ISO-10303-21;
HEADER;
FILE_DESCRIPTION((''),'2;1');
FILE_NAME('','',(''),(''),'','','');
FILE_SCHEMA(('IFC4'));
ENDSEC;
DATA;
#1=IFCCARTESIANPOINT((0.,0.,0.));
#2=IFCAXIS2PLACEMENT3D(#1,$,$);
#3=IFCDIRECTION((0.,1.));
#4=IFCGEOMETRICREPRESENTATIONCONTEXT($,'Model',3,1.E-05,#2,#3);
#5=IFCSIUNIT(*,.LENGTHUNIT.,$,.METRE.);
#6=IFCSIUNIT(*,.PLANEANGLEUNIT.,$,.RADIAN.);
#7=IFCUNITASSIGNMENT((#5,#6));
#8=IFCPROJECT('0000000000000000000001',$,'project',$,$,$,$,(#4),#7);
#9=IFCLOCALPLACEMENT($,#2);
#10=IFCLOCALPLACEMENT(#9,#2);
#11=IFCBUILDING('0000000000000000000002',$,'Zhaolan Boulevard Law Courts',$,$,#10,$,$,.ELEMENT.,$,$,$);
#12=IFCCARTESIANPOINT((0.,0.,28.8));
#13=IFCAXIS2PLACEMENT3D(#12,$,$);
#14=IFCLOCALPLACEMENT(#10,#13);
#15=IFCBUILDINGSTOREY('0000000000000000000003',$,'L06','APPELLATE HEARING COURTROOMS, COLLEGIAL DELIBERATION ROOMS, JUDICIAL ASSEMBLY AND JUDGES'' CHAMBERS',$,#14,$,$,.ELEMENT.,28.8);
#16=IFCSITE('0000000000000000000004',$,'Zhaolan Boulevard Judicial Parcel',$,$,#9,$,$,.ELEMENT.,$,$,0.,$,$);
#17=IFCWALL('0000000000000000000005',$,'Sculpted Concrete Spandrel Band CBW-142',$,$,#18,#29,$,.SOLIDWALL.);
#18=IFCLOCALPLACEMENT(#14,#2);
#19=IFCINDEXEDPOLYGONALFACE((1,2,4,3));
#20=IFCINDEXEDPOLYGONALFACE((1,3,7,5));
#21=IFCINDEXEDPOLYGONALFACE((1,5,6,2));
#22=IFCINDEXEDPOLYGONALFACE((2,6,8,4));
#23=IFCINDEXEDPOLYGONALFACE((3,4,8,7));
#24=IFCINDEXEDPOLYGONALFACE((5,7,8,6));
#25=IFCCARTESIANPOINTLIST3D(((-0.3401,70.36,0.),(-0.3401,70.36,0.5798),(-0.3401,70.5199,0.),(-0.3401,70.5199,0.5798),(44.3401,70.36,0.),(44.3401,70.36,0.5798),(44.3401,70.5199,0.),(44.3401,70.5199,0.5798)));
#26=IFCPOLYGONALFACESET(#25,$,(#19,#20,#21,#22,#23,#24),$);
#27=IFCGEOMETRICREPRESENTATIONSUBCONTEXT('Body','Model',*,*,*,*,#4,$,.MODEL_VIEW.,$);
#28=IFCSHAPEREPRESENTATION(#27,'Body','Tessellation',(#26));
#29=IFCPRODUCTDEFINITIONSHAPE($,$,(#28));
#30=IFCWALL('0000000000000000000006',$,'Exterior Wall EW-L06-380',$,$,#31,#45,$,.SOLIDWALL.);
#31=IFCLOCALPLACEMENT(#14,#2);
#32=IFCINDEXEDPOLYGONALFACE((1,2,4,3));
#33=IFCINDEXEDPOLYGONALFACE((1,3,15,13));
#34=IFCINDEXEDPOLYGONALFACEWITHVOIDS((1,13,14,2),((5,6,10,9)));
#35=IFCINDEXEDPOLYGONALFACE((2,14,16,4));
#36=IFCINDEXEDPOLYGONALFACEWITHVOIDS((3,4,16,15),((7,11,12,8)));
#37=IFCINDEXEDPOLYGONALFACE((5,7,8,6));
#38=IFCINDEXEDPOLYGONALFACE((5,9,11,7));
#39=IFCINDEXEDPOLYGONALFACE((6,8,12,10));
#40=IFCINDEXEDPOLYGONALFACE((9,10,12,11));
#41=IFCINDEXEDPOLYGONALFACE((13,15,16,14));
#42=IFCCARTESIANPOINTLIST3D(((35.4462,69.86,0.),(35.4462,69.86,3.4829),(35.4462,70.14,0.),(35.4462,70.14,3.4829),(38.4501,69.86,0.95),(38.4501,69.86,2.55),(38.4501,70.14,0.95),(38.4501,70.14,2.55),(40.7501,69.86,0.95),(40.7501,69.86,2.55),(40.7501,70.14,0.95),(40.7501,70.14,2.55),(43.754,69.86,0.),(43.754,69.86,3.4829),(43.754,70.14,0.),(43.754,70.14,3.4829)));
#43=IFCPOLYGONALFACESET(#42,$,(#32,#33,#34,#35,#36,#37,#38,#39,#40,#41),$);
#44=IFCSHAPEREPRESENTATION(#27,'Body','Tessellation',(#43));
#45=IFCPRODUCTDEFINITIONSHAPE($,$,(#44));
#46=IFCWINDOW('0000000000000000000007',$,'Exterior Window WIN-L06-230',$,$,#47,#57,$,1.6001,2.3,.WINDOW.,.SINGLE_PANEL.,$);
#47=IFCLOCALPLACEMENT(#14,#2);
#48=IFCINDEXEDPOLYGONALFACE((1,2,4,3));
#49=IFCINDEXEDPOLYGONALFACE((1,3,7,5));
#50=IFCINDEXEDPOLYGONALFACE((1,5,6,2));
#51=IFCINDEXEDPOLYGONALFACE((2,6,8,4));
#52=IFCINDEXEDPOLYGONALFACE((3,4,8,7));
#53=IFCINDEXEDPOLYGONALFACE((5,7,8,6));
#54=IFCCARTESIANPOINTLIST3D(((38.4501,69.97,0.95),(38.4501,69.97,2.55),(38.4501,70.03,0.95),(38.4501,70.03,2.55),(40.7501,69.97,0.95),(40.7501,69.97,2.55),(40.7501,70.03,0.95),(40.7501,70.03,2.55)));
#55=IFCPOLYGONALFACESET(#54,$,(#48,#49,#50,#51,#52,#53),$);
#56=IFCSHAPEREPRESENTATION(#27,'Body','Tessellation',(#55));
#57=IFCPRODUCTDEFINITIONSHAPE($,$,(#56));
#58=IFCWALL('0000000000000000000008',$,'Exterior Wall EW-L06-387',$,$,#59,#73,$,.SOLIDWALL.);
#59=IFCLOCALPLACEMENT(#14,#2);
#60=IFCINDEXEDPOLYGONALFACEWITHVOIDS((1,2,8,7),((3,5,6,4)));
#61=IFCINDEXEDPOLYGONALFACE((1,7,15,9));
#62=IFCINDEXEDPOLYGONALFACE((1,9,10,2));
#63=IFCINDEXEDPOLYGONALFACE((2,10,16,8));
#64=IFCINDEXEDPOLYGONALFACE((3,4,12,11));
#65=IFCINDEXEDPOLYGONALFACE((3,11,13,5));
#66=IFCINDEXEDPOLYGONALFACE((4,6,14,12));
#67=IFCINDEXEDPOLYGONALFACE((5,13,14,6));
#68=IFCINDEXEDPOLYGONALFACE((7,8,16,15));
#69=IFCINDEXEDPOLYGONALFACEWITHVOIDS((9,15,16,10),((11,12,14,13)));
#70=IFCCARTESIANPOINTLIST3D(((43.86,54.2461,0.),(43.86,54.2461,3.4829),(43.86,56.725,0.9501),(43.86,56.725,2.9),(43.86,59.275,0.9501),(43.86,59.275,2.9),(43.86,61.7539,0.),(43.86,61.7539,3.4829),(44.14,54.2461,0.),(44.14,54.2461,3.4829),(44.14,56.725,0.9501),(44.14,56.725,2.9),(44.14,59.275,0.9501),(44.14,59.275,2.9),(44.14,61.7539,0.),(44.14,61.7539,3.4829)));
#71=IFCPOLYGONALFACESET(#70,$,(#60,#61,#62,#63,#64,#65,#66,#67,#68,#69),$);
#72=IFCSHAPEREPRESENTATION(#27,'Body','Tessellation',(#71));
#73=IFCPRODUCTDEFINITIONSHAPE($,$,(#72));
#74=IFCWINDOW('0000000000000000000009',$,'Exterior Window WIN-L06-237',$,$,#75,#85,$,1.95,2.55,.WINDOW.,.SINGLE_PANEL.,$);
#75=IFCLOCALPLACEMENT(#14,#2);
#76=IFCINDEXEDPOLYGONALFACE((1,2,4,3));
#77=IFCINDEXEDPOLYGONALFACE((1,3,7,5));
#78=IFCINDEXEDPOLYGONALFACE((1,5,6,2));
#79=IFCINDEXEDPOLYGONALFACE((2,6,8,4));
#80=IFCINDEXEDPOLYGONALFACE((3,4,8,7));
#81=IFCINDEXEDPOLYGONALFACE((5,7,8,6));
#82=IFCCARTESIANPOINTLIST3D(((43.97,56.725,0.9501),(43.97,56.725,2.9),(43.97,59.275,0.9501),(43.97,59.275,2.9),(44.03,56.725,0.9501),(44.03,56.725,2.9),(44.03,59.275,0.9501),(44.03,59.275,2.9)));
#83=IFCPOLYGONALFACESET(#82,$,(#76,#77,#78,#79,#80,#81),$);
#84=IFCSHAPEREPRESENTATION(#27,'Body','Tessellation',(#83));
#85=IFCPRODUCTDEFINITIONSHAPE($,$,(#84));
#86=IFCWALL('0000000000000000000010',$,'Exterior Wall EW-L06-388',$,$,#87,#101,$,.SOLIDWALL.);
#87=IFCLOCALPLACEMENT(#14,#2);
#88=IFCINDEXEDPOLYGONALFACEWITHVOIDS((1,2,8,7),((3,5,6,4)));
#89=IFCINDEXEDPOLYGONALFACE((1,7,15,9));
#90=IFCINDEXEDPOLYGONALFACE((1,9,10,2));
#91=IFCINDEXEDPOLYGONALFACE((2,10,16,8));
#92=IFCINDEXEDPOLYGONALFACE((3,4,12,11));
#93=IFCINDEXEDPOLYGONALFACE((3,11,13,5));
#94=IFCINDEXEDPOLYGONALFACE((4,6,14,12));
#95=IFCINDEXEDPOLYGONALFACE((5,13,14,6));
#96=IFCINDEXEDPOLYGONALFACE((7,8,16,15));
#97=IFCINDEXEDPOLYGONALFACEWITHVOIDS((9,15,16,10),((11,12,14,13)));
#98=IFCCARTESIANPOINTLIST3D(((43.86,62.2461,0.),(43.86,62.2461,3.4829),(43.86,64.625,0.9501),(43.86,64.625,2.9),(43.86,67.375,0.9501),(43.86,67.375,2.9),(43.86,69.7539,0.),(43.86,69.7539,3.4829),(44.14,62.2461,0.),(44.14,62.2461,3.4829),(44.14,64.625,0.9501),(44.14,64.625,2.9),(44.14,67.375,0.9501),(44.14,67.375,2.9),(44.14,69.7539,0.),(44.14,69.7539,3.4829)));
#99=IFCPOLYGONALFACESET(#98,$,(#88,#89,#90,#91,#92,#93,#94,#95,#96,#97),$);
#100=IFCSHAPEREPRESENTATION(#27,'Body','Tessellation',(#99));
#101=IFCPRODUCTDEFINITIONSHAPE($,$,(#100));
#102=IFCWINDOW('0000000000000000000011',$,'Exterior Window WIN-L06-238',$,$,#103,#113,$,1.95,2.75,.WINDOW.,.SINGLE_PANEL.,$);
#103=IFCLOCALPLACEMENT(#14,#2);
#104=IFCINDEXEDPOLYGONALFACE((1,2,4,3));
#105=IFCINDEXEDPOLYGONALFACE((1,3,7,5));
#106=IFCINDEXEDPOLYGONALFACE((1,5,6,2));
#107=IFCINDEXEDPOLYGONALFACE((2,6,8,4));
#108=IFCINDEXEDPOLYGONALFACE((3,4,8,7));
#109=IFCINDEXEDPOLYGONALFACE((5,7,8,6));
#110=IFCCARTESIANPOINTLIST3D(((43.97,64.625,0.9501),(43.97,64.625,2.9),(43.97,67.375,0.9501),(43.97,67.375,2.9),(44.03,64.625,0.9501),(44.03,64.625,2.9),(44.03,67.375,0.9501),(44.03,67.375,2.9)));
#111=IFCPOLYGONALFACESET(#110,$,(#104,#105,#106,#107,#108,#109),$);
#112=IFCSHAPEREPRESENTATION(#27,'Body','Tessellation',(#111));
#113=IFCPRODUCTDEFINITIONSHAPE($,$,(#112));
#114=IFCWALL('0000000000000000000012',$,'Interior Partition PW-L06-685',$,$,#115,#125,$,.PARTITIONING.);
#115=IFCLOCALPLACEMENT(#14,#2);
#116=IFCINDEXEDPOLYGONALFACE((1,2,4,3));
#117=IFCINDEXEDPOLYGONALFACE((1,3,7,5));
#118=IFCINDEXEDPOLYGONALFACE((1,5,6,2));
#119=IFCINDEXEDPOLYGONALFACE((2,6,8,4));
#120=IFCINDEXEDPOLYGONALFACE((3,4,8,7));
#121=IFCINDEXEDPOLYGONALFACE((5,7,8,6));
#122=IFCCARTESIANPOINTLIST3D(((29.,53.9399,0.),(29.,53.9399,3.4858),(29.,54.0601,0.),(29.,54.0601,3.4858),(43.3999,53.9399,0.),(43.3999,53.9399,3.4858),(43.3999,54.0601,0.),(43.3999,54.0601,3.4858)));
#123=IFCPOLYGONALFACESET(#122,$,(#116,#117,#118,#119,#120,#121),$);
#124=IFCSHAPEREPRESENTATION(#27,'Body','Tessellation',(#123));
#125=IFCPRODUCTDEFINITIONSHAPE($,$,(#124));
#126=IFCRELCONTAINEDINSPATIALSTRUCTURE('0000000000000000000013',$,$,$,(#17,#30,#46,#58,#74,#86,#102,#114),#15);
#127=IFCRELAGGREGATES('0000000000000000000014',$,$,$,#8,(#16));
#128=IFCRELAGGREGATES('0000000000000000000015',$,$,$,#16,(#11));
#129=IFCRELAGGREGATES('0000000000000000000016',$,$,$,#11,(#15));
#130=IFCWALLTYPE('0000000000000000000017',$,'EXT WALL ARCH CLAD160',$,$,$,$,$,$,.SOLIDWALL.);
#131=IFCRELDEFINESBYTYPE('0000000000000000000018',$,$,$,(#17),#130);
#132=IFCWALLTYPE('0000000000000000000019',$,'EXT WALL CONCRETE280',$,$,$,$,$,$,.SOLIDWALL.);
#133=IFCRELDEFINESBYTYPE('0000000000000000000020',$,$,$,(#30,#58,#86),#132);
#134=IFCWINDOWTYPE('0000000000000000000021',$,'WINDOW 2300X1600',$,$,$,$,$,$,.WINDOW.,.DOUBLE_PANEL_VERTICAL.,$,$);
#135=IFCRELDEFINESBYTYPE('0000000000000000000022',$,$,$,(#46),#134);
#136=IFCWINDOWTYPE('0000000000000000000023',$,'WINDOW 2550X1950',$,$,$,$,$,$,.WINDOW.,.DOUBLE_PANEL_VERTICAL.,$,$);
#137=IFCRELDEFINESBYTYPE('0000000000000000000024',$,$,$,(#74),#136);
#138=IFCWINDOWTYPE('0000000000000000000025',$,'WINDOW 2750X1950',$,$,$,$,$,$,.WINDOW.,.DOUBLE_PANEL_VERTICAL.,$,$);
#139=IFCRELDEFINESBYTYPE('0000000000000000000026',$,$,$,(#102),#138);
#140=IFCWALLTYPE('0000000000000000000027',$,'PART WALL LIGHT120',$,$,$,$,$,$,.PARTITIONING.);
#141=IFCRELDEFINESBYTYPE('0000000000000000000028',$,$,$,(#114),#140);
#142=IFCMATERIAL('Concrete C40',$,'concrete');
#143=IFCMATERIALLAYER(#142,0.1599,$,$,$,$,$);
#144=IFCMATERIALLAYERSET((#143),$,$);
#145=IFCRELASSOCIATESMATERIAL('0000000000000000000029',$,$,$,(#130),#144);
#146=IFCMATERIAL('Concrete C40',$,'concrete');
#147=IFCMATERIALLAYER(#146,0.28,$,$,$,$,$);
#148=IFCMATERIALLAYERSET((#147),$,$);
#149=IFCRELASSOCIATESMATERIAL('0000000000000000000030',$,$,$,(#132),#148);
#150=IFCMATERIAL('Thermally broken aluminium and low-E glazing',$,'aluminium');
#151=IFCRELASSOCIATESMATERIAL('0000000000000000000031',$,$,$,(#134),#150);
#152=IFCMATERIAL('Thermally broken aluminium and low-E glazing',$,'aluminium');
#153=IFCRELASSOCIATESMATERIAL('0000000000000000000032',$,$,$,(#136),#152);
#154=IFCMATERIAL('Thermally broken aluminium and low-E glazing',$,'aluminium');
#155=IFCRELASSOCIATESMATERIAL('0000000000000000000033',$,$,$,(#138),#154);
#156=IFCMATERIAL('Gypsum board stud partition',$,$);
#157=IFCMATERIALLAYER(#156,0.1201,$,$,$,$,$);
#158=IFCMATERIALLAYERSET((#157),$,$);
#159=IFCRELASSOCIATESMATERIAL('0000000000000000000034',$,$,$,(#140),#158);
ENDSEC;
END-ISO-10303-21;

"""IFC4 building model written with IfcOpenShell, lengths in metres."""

from ifc_helpers import new_model, si_unit, direction, frame, frame_2d, origin, place, context, subcontext, project, spatial, rectangle, extrude, material, layer, layer_set, type_object, element, fill, save


model = new_model("IFC4")

# Units and contexts
model_context = context("Model", 3, precision=1e-05, world=origin(), true_north=direction((0.0, 1.0)))
body_context = subcontext(model_context, "Body", "Model", "MODEL_VIEW")
ifc_project = project(units=[si_unit("LENGTHUNIT", "METRE"), si_unit("PLANEANGLEUNIT", "RADIAN")], contexts=[model_context])

# Site, building, storey
site_placement = place(None, origin())
site = spatial("IfcSite", under=ifc_project, at=site_placement, Name="Zhaolan Boulevard Judicial Parcel", CompositionType="ELEMENT", RefElevation=0.0)
building_placement = place(site_placement, origin())
building = spatial("IfcBuilding", under=site, at=building_placement, Name="Zhaolan Boulevard Law Courts", CompositionType="ELEMENT")
storey_placement = place(building_placement, frame((0.0, 0.0, 28.8)))
storey = spatial("IfcBuildingStorey", under=building, at=storey_placement, Name="L06", Description="APPELLATE HEARING COURTROOMS, COLLEGIAL DELIBERATION ROOMS, JUDICIAL ASSEMBLY AND JUDGES' CHAMBERS", CompositionType="ELEMENT", Elevation=28.8)

# Wall
ifc_material_1 = material(Name="Concrete C40", Category="concrete")
ifc_layer_1 = layer(ifc_material_1, 0.1599)
ifc_layer_set_1 = layer_set([ifc_layer_1])
wall_type_1 = type_object("IfcWallType", Name="EXT WALL ARCH CLAD160", PredefinedType="SOLIDWALL", material=ifc_layer_set_1)
wall_1_placement = place(storey_placement, frame((44.3401, 70.4399, 0.0), z_axis=(0.0, 0.0, 1.0), x_axis=(-1.0, 0.0, 0.0)))
element("IfcWall", 1, at=wall_1_placement, inside=storey, type_object=wall_type_1, Name="Sculpted Concrete Spandrel Band CBW-142", PredefinedType="SOLIDWALL", context=body_context, shape_type="SweptSolid", body=[
    extrude(rectangle(XDim=44.6802, YDim=0.1599, at=frame_2d((22.3401, 0.0))), origin(), (0.0, 0.0, 1.0), 0.5798),
])

# Walls, openings, windows
ifc_material_2 = material(Name="Concrete C40", Category="concrete")
ifc_layer_2 = layer(ifc_material_2, 0.28)
ifc_layer_set_2 = layer_set([ifc_layer_2])
wall_type_2 = type_object("IfcWallType", Name="EXT WALL CONCRETE280", PredefinedType="SOLIDWALL", material=ifc_layer_set_2)
wall_2_placement = place(storey_placement, frame((43.7539, 70.0, 0.0), z_axis=(0.0, 0.0, 1.0), x_axis=(-1.0, 0.0, 0.0)))
wall_2 = element("IfcWall", 2, at=wall_2_placement, inside=storey, type_object=wall_type_2, Name="Exterior Wall EW-L06-380", PredefinedType="SOLIDWALL", context=body_context, shape_type="SweptSolid", body=[
    extrude(rectangle(XDim=8.3079, YDim=0.28, at=frame_2d((4.1538, 0.0))), origin(), (0.0, 0.0, 1.0), 3.4829),
])
opening_1_placement = place(wall_2_placement, frame((3.0039, 0.0, 0.95)))
opening_1 = element("IfcOpeningElement", 3, at=opening_1_placement, cuts=wall_2, PredefinedType="OPENING", context=body_context, shape_type="SweptSolid", body=[
    extrude(rectangle(XDim=2.3, YDim=1.6001, at=frame_2d((1.1499, 0.8))), frame((0.0, 0.1499, 0.0), z_axis=(0.0, -1.0, 0.0), x_axis=(1.0, 0.0, 0.0)), (0.0, 0.0, 1.0), 0.3),
])
ifc_material_3 = material(Name="Thermally broken aluminium and low-E glazing", Category="aluminium")
window_type_1 = type_object("IfcWindowType", Name="WINDOW 2300X1600", PartitioningType="DOUBLE_PANEL_VERTICAL", PredefinedType="WINDOW", material=ifc_material_3)
window_1_placement = place(opening_1_placement, origin())
window_1 = element("IfcWindow", 4, at=window_1_placement, inside=storey, type_object=window_type_1, Name="Exterior Window WIN-L06-230", OverallHeight=1.6001, OverallWidth=2.3, PartitioningType="SINGLE_PANEL", PredefinedType="WINDOW", context=body_context, shape_type="SweptSolid", body=[
    extrude(rectangle(XDim=2.3, YDim=1.6001, at=frame_2d((1.1499, 0.8))), frame((0.0, 0.03, 0.0), z_axis=(0.0, -1.0, 0.0), x_axis=(1.0, 0.0, 0.0)), (0.0, 0.0, 1.0), 0.0601),
])
fill(opening_1, window_1)
wall_3_placement = place(storey_placement, frame((44.0, 54.2461, 0.0), z_axis=(0.0, 0.0, 1.0), x_axis=(0.0, 1.0, 0.0)))
wall_3 = element("IfcWall", 5, at=wall_3_placement, inside=storey, type_object=wall_type_2, Name="Exterior Wall EW-L06-387", PredefinedType="SOLIDWALL", context=body_context, shape_type="SweptSolid", body=[
    extrude(rectangle(XDim=7.5078, YDim=0.28, at=frame_2d((3.7539, 0.0))), origin(), (0.0, 0.0, 1.0), 3.4829),
])
opening_2_placement = place(wall_3_placement, frame((2.479, 0.0, 0.95)))
opening_2 = element("IfcOpeningElement", 6, at=opening_2_placement, cuts=wall_3, PredefinedType="OPENING", context=body_context, shape_type="SweptSolid", body=[
    extrude(rectangle(XDim=2.55, YDim=1.95, at=frame_2d((1.2749, 0.9751))), frame((0.0, 0.1499, 0.0), z_axis=(0.0, -1.0, 0.0), x_axis=(1.0, 0.0, 0.0)), (0.0, 0.0, 1.0), 0.3),
])
ifc_material_4 = material(Name="Thermally broken aluminium and low-E glazing", Category="aluminium")
window_type_2 = type_object("IfcWindowType", Name="WINDOW 2550X1950", PartitioningType="DOUBLE_PANEL_VERTICAL", PredefinedType="WINDOW", material=ifc_material_4)
window_2_placement = place(opening_2_placement, origin())
window_2 = element("IfcWindow", 7, at=window_2_placement, inside=storey, type_object=window_type_2, Name="Exterior Window WIN-L06-237", OverallHeight=1.95, OverallWidth=2.55, PartitioningType="SINGLE_PANEL", PredefinedType="WINDOW", context=body_context, shape_type="SweptSolid", body=[
    extrude(rectangle(XDim=2.55, YDim=1.95, at=frame_2d((1.2749, 0.9751))), frame((0.0, 0.03, 0.0), z_axis=(0.0, -1.0, 0.0), x_axis=(1.0, 0.0, 0.0)), (0.0, 0.0, 1.0), 0.0601),
])
fill(opening_2, window_2)
wall_4_placement = place(storey_placement, frame((44.0, 62.2461, 0.0), z_axis=(0.0, 0.0, 1.0), x_axis=(0.0, 1.0, 0.0)))
wall_4 = element("IfcWall", 8, at=wall_4_placement, inside=storey, type_object=wall_type_2, Name="Exterior Wall EW-L06-388", PredefinedType="SOLIDWALL", context=body_context, shape_type="SweptSolid", body=[
    extrude(rectangle(XDim=7.5078, YDim=0.28, at=frame_2d((3.7539, 0.0))), origin(), (0.0, 0.0, 1.0), 3.4829),
])
opening_3_placement = place(wall_4_placement, frame((2.3789, 0.0, 0.95)))
opening_3 = element("IfcOpeningElement", 9, at=opening_3_placement, cuts=wall_4, PredefinedType="OPENING", context=body_context, shape_type="SweptSolid", body=[
    extrude(rectangle(XDim=2.75, YDim=1.95, at=frame_2d((1.375, 0.9751))), frame((0.0, 0.1499, 0.0), z_axis=(0.0, -1.0, 0.0), x_axis=(1.0, 0.0, 0.0)), (0.0, 0.0, 1.0), 0.3),
])
ifc_material_5 = material(Name="Thermally broken aluminium and low-E glazing", Category="aluminium")
window_type_3 = type_object("IfcWindowType", Name="WINDOW 2750X1950", PartitioningType="DOUBLE_PANEL_VERTICAL", PredefinedType="WINDOW", material=ifc_material_5)
window_3_placement = place(opening_3_placement, origin())
window_3 = element("IfcWindow", 10, at=window_3_placement, inside=storey, type_object=window_type_3, Name="Exterior Window WIN-L06-238", OverallHeight=1.95, OverallWidth=2.75, PartitioningType="SINGLE_PANEL", PredefinedType="WINDOW", context=body_context, shape_type="SweptSolid", body=[
    extrude(rectangle(XDim=2.75, YDim=1.95, at=frame_2d((1.375, 0.9751))), frame((0.0, 0.03, 0.0), z_axis=(0.0, -1.0, 0.0), x_axis=(1.0, 0.0, 0.0)), (0.0, 0.0, 1.0), 0.0601),
])
fill(opening_3, window_3)

# Wall
ifc_material_6 = material(Name="Gypsum board stud partition")
ifc_layer_3 = layer(ifc_material_6, 0.1201)
ifc_layer_set_3 = layer_set([ifc_layer_3])
wall_type_3 = type_object("IfcWallType", Name="PART WALL LIGHT120", PredefinedType="PARTITIONING", material=ifc_layer_set_3)
wall_5_placement = place(storey_placement, frame((43.3999, 54.0, 0.0), z_axis=(0.0, 0.0, 1.0), x_axis=(-1.0, 0.0, 0.0)))
element("IfcWall", 11, at=wall_5_placement, inside=storey, type_object=wall_type_3, Name="Interior Partition PW-L06-685", PredefinedType="PARTITIONING", context=body_context, shape_type="SweptSolid", body=[
    extrude(rectangle(XDim=14.3999, YDim=0.1201, at=frame_2d((7.2, 0.0))), origin(), (0.0, 0.0, 1.0), 3.4858),
])

save(model, "model.ifc")
